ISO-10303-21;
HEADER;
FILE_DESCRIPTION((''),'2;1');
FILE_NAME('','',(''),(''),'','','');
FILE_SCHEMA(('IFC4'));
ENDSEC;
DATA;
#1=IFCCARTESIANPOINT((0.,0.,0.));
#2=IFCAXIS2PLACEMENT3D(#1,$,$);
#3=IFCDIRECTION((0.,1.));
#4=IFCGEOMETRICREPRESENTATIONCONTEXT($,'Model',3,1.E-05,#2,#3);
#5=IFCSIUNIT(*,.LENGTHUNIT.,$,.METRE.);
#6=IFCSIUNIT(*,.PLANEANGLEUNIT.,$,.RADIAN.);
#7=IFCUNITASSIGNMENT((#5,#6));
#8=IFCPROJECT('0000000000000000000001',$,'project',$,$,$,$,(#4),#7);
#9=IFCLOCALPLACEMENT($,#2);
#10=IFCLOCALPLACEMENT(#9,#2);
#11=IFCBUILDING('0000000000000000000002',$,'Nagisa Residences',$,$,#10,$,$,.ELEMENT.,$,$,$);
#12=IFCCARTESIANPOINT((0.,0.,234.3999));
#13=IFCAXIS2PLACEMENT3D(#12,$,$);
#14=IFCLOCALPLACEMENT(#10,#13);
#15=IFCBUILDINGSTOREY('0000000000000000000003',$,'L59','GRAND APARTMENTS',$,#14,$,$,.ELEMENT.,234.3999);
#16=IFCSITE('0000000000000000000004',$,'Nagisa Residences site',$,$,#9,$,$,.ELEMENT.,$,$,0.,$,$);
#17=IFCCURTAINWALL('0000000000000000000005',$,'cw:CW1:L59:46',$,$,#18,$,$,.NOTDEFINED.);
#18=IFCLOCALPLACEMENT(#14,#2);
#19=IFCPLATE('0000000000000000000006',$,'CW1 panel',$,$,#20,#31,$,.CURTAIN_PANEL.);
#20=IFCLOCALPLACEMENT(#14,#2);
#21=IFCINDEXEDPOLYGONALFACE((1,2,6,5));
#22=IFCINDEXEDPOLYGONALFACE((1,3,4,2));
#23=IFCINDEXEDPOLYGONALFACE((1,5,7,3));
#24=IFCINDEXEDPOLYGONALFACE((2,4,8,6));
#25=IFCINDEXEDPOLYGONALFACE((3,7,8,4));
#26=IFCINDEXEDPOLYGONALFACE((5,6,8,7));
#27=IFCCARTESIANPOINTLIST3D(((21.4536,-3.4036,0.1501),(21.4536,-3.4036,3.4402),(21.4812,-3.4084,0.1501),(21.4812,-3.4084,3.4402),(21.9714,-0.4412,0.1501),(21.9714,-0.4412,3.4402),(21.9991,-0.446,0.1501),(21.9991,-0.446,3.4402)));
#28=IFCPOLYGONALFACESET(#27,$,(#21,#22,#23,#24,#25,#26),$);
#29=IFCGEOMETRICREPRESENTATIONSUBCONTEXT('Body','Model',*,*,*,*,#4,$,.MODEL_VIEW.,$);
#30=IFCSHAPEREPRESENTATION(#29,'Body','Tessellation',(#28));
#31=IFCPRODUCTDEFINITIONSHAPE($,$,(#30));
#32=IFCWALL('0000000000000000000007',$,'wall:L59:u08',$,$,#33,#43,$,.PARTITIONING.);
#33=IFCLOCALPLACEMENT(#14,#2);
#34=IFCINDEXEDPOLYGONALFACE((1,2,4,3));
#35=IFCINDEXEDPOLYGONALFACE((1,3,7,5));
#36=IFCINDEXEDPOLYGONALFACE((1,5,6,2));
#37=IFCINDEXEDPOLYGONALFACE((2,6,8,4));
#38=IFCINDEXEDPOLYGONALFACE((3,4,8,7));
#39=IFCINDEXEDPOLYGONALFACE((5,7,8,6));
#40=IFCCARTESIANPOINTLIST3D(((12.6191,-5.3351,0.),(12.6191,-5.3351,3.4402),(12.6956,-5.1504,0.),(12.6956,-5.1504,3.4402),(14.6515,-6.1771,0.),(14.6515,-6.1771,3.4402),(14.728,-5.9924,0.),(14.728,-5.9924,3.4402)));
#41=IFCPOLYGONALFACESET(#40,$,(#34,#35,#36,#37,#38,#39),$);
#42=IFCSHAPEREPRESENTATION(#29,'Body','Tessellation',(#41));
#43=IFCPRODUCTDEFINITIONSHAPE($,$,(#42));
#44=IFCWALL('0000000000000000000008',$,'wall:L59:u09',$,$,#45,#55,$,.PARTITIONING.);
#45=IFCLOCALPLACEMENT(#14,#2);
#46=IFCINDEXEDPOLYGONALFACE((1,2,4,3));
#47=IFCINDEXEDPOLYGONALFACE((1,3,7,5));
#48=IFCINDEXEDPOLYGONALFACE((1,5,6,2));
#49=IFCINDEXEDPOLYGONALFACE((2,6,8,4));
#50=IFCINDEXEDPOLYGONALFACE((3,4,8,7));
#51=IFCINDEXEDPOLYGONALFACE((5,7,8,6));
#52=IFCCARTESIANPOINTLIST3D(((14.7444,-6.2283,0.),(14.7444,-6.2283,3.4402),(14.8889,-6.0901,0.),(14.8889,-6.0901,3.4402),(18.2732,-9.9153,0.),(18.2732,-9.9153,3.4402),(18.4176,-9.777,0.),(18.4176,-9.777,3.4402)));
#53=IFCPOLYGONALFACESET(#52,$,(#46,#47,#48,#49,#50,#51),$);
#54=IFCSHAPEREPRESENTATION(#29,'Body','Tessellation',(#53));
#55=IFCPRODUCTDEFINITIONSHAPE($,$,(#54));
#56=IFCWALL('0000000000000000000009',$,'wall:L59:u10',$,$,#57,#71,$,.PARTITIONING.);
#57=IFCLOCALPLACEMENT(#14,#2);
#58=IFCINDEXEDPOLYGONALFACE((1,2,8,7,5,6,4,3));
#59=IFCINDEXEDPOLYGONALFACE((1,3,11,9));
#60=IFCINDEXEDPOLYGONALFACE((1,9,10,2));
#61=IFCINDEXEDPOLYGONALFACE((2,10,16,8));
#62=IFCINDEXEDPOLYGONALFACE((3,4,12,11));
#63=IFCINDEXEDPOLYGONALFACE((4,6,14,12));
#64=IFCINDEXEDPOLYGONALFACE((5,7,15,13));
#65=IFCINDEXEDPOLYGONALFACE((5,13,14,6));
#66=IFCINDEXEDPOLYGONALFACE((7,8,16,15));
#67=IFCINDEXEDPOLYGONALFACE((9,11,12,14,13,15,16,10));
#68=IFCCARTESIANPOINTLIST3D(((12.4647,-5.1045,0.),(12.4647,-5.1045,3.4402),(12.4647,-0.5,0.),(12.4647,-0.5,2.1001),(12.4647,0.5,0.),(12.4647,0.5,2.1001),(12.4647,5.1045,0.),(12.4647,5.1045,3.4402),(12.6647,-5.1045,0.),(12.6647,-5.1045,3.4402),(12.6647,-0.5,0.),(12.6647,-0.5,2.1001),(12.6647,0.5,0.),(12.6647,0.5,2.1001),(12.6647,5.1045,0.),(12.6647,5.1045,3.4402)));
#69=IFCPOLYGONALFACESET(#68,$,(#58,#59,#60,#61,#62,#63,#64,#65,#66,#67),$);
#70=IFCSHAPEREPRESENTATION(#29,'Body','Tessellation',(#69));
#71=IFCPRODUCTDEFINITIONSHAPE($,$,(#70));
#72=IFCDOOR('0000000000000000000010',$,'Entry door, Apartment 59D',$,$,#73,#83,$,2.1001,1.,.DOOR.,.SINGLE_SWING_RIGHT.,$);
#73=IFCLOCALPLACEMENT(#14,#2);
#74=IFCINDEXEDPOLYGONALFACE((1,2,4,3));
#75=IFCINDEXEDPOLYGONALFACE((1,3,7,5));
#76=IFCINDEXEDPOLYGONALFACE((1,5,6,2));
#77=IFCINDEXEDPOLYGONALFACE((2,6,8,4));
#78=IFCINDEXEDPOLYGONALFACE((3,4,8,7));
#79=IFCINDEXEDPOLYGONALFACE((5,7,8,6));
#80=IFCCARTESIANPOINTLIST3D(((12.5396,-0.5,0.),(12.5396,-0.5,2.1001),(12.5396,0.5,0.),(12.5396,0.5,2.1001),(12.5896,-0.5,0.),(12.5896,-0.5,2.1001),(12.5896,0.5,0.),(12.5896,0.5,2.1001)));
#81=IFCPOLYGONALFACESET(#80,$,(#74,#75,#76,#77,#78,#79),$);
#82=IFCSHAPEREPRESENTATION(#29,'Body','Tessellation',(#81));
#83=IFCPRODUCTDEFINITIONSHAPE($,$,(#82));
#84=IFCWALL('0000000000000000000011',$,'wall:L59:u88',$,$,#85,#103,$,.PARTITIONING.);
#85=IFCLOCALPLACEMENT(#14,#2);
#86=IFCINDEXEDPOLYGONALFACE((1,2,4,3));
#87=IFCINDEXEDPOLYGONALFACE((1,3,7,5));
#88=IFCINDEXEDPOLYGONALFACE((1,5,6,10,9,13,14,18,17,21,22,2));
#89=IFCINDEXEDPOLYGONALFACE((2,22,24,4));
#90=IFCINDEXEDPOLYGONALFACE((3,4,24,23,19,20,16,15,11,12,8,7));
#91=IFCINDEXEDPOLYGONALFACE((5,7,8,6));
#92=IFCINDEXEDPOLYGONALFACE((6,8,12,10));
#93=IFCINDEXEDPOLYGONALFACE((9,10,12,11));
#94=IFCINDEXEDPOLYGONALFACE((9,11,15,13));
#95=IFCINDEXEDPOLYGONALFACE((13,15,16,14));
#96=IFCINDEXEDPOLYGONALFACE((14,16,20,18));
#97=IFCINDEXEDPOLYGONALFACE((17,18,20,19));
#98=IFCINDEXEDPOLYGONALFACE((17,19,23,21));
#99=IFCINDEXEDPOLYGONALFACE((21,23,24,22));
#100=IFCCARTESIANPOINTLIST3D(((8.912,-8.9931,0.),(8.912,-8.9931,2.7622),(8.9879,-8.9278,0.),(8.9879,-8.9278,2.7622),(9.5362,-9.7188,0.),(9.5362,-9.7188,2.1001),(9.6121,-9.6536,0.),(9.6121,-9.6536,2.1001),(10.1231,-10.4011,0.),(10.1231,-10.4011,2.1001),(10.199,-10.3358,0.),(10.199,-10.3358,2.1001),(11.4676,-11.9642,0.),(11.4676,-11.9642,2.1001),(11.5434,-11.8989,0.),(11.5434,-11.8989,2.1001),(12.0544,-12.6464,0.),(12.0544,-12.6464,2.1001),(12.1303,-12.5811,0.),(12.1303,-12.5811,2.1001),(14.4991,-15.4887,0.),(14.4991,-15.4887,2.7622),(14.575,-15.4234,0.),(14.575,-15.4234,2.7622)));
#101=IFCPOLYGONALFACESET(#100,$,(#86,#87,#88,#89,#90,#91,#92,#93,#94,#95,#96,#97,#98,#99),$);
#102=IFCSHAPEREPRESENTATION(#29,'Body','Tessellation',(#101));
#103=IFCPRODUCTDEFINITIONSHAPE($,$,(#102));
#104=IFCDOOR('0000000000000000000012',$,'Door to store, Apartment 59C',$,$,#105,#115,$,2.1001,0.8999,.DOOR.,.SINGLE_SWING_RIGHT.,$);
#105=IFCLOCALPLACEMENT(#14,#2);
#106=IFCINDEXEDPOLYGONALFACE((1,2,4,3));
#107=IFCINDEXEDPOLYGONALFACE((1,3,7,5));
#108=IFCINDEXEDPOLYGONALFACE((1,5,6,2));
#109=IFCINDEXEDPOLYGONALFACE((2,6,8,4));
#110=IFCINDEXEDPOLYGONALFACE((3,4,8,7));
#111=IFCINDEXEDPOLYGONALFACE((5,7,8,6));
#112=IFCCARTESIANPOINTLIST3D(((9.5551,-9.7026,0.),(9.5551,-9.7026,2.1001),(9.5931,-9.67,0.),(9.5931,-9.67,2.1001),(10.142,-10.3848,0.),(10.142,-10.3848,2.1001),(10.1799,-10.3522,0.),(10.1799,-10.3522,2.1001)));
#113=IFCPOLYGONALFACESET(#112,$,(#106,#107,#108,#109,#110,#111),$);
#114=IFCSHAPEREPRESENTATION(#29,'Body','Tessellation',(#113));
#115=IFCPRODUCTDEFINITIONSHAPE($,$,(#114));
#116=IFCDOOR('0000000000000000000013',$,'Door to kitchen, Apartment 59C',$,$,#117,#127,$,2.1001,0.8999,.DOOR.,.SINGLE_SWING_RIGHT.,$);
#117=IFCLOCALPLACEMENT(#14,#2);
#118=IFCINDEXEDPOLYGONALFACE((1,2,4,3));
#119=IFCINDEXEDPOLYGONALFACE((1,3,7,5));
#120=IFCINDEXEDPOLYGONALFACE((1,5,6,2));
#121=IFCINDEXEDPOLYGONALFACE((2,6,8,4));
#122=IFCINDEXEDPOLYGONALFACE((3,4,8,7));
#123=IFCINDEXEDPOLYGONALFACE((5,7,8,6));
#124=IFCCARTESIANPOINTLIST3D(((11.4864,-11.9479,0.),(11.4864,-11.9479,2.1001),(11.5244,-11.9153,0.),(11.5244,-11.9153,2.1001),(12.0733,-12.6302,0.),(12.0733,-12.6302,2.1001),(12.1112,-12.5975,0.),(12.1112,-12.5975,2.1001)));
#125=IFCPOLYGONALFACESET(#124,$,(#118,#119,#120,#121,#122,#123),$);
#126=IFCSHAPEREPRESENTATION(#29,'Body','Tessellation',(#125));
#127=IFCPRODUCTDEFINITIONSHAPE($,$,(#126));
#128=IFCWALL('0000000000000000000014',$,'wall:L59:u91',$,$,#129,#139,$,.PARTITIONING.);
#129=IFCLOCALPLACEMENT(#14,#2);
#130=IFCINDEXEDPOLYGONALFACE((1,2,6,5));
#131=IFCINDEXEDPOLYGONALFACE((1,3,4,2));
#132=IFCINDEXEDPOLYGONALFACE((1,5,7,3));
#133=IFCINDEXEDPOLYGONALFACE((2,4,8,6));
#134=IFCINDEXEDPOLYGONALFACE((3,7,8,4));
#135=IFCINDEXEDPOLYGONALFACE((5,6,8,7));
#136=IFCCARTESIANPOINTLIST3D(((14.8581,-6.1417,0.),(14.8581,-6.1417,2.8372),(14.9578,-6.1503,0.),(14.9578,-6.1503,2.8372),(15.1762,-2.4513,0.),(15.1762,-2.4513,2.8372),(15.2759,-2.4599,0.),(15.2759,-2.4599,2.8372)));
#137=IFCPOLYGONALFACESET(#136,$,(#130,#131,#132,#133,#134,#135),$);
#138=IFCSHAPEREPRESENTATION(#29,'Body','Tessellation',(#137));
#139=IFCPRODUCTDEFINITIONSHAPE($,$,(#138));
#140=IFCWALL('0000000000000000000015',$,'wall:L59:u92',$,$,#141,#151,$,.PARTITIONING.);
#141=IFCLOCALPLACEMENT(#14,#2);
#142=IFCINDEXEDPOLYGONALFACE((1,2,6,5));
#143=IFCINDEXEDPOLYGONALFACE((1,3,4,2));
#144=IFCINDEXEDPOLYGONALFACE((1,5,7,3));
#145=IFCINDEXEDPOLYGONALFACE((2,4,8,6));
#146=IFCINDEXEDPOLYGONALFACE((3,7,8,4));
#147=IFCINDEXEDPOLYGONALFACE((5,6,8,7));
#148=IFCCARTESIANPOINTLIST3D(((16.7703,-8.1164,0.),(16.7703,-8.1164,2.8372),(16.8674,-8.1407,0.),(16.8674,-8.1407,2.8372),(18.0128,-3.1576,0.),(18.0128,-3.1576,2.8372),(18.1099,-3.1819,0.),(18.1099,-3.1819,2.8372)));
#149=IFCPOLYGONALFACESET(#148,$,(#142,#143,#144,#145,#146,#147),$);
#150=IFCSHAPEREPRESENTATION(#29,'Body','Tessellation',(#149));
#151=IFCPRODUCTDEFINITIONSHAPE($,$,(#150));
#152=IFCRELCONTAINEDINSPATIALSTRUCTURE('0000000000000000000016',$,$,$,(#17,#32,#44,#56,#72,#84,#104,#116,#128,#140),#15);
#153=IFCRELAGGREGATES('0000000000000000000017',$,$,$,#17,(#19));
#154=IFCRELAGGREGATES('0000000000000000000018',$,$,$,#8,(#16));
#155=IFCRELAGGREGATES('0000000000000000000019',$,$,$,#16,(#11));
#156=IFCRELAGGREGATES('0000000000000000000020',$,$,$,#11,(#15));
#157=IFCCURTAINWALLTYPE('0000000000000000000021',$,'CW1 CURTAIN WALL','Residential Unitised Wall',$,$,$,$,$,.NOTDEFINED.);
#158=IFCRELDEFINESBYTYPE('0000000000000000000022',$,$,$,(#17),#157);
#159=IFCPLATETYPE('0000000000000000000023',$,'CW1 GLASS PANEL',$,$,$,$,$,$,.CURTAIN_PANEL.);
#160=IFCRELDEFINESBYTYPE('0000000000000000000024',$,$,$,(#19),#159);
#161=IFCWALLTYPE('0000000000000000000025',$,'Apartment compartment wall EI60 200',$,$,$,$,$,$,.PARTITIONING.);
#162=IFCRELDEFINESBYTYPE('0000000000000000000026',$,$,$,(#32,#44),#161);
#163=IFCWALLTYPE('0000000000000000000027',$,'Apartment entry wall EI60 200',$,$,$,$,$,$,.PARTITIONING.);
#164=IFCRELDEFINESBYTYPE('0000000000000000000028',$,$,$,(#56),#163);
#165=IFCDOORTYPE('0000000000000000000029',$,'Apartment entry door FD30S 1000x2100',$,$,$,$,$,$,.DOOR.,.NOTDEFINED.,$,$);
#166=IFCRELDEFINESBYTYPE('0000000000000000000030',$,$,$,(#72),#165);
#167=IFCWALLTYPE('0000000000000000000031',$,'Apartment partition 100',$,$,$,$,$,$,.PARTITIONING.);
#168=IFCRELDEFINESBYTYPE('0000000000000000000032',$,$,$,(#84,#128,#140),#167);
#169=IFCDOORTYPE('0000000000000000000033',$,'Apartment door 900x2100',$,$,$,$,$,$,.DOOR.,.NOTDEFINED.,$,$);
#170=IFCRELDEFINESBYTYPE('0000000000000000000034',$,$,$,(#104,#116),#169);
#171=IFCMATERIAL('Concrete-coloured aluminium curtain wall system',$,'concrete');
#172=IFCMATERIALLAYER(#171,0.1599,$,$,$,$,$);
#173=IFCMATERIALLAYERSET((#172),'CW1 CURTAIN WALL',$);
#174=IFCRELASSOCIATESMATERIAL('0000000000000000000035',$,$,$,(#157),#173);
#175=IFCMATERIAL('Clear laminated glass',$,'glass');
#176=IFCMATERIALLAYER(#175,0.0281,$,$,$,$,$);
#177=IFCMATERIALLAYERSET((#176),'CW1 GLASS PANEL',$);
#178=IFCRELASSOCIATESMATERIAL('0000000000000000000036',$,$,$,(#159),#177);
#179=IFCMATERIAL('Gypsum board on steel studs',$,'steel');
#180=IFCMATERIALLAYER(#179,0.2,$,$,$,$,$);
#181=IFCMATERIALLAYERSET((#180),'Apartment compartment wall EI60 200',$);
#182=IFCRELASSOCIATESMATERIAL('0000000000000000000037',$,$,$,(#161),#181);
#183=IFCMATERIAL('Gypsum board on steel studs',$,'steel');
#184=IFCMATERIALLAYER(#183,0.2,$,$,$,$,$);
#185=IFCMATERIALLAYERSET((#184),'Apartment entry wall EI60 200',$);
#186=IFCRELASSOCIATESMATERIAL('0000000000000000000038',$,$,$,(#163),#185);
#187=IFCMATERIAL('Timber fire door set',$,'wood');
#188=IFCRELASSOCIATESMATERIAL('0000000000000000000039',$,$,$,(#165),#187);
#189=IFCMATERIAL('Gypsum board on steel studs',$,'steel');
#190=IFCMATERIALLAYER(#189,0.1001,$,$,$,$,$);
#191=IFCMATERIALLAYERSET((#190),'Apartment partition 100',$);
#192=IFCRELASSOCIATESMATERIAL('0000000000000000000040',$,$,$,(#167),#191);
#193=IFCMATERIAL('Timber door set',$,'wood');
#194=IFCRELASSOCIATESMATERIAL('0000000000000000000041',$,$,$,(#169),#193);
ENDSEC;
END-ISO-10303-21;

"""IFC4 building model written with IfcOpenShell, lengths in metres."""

from ifc_helpers import new_model, si_unit, direction, frame, frame_2d, origin, origin_2d, place, context, subcontext, project, spatial, rectangle, extrude, material, layer, layer_set, type_object, element, fill, aggregate, save


model = new_model("IFC4")

# Units and contexts
model_context = context("Model", 3, precision=1e-05, world=origin(), true_north=direction((0.0, 1.0)))
body_context = subcontext(model_context, "Body", "Model", "MODEL_VIEW")
ifc_project = project(units=[si_unit("LENGTHUNIT", "METRE"), si_unit("PLANEANGLEUNIT", "RADIAN")], contexts=[model_context])

# Site, building, storey
site_placement = place(None, origin())
site = spatial("IfcSite", under=ifc_project, at=site_placement, Name="Nagisa Residences site", CompositionType="ELEMENT", RefElevation=0.0)
building_placement = place(site_placement, origin())
building = spatial("IfcBuilding", under=site, at=building_placement, Name="Nagisa Residences", CompositionType="ELEMENT")
storey_placement = place(building_placement, frame((0.0, 0.0, 234.3999)))
storey = spatial("IfcBuildingStorey", under=building, at=storey_placement, Name="L59", Description="GRAND APARTMENTS", CompositionType="ELEMENT", Elevation=234.3999)

# Curtain wall
ifc_material_1 = material(Name="Concrete-coloured aluminium curtain wall system", Category="concrete")
ifc_layer_1 = layer(ifc_material_1, 0.1599)
ifc_layer_set_1 = layer_set([ifc_layer_1], Name="CW1 CURTAIN WALL")
curtain_wall_type = type_object("IfcCurtainWallType", Name="CW1 CURTAIN WALL", Description="Residential Unitised Wall", PredefinedType="NOTDEFINED", material=ifc_layer_set_1)
curtain_wall_1_placement = place(storey_placement, origin())
curtain_wall_1 = element("IfcCurtainWall", 1, at=curtain_wall_1_placement, inside=storey, type_object=curtain_wall_type, Name="cw:CW1:L59:46", PredefinedType="NOTDEFINED")

# Plate
ifc_material_2 = material(Name="Clear laminated glass", Category="glass")
ifc_layer_2 = layer(ifc_material_2, 0.0281)
ifc_layer_set_2 = layer_set([ifc_layer_2], Name="CW1 GLASS PANEL")
plate_type = type_object("IfcPlateType", Name="CW1 GLASS PANEL", PredefinedType="CURTAIN_PANEL", material=ifc_layer_set_2)
plate_placement = place(storey_placement, frame((21.7263, -1.9248, 0.1501), z_axis=(0.0, 0.0, 1.0), x_axis=(0.172191, 0.985064, 0.0)))
plate = element("IfcPlate", 2, at=plate_placement, type_object=plate_type, Name="CW1 panel", PredefinedType="CURTAIN_PANEL", context=body_context, shape_type="SweptSolid", body=[
    extrude(rectangle(XDim=3.0073, YDim=0.0281, at=origin_2d()), origin(), (0.0, 0.0, 1.0), 3.29),
])
aggregate(curtain_wall_1, [plate])

# Walls
ifc_material_3 = material(Name="Gypsum board on steel studs", Category="steel")
ifc_layer_3 = layer(ifc_material_3, 0.2)
ifc_layer_set_3 = layer_set([ifc_layer_3], Name="Apartment compartment wall EI60 200")
wall_type_1 = type_object("IfcWallType", Name="Apartment compartment wall EI60 200", PredefinedType="PARTITIONING", material=ifc_layer_set_3)
wall_1_placement = place(storey_placement, frame((12.6572, -5.2427, 0.0), z_axis=(0.0, 0.0, 1.0), x_axis=(0.923853, -0.382747, 0.0)))
element("IfcWall", 3, at=wall_1_placement, inside=storey, type_object=wall_type_1, Name="wall:L59:u08", PredefinedType="PARTITIONING", context=body_context, shape_type="SweptSolid", body=[
    extrude(rectangle(XDim=2.2, YDim=0.2, at=frame_2d((1.1001, 0.0))), origin(), (0.0, 0.0, 1.0), 3.4402),
])
wall_2_placement = place(storey_placement, frame((14.8167, -6.1592, 0.0), z_axis=(0.0, 0.0, 1.0), x_axis=(0.691438, -0.722436, 0.0)))
element("IfcWall", 4, at=wall_2_placement, inside=storey, type_object=wall_type_1, Name="wall:L59:u09", PredefinedType="PARTITIONING", context=body_context, shape_type="SweptSolid", body=[
    extrude(rectangle(XDim=5.1035, YDim=0.2, at=frame_2d((2.5518, 0.0))), origin(), (0.0, 0.0, 1.0), 3.4402),
])

# Wall, opening, door
ifc_material_4 = material(Name="Gypsum board on steel studs", Category="steel")
ifc_layer_4 = layer(ifc_material_4, 0.2)
ifc_layer_set_4 = layer_set([ifc_layer_4], Name="Apartment entry wall EI60 200")
wall_type_2 = type_object("IfcWallType", Name="Apartment entry wall EI60 200", PredefinedType="PARTITIONING", material=ifc_layer_set_4)
wall_3_placement = place(storey_placement, frame((12.5647, -5.1045, 0.0), z_axis=(0.0, 0.0, 1.0), x_axis=(0.0, 1.0, 0.0)))
wall_3 = element("IfcWall", 5, at=wall_3_placement, inside=storey, type_object=wall_type_2, Name="wall:L59:u10", PredefinedType="PARTITIONING", context=body_context, shape_type="SweptSolid", body=[
    extrude(rectangle(XDim=10.209, YDim=0.2, at=frame_2d((5.1045, 0.0))), origin(), (0.0, 0.0, 1.0), 3.4402),
])
opening_1_placement = place(wall_3_placement, frame((4.6045, 0.0, 0.0)))
opening_1 = element("IfcOpeningElement", 6, at=opening_1_placement, cuts=wall_3, PredefinedType="OPENING", context=body_context, shape_type="SweptSolid", body=[
    extrude(rectangle(XDim=1.0, YDim=2.1001, at=frame_2d((0.5, 1.05))), frame((0.0, 0.1099, 0.0), z_axis=(0.0, -1.0, 0.0), x_axis=(1.0, 0.0, 0.0)), (0.0, 0.0, 1.0), 0.22),
])
ifc_material_5 = material(Name="Timber fire door set", Category="wood")
door_type_1 = type_object("IfcDoorType", Name="Apartment entry door FD30S 1000x2100", OperationType="NOTDEFINED", PredefinedType="DOOR", material=ifc_material_5)
door_1_placement = place(opening_1_placement, frame((1.0, 0.0, 0.0), x_axis=(-1.0, 0.0, 0.0)))
door_1 = element("IfcDoor", 7, at=door_1_placement, inside=storey, type_object=door_type_1, Name="Entry door, Apartment 59D", OperationType="SINGLE_SWING_RIGHT", OverallHeight=2.1001, OverallWidth=1.0, PredefinedType="DOOR", context=body_context, shape_type="SweptSolid", body=[
    extrude(rectangle(XDim=1.0, YDim=2.1001, at=frame_2d((0.5, 1.05))), frame((0.0, 0.0249, 0.0), z_axis=(0.0, -1.0, 0.0), x_axis=(1.0, 0.0, 0.0)), (0.0, 0.0, 1.0), 0.05),
])
fill(opening_1, door_1)

# Wall, openings, doors
ifc_material_6 = material(Name="Gypsum board on steel studs", Category="steel")
ifc_layer_5 = layer(ifc_material_6, 0.1001)
ifc_layer_set_5 = layer_set([ifc_layer_5], Name="Apartment partition 100")
wall_type_3 = type_object("IfcWallType", Name="Apartment partition 100", PredefinedType="PARTITIONING", material=ifc_layer_set_5)
wall_4_placement = place(storey_placement, frame((8.95, -8.9604, 0.0), z_axis=(0.0, 0.0, 1.0), x_axis=(0.652102, -0.758131, 0.0)))
wall_4 = element("IfcWall", 8, at=wall_4_placement, inside=storey, type_object=wall_type_3, Name="wall:L59:u88", PredefinedType="PARTITIONING", context=body_context, shape_type="SweptSolid", body=[
    extrude(rectangle(XDim=8.5679, YDim=0.1001, at=frame_2d((4.2839, 0.0))), origin(), (0.0, 0.0, 1.0), 2.7622),
])
opening_2_placement = place(wall_4_placement, frame((0.9573, 0.0, 0.0)))
opening_2 = element("IfcOpeningElement", 9, at=opening_2_placement, cuts=wall_4, PredefinedType="OPENING", context=body_context, shape_type="SweptSolid", body=[
    extrude(rectangle(XDim=0.8999, YDim=2.1001, at=frame_2d((0.45, 1.05))), frame((0.0, 0.0601, 0.0), z_axis=(0.0, -1.0, 0.0), x_axis=(1.0, 0.0, 0.0)), (0.0, 0.0, 1.0), 0.1201),
])
opening_3_placement = place(wall_4_placement, frame((3.9189, 0.0, 0.0)))
opening_3 = element("IfcOpeningElement", 10, at=opening_3_placement, cuts=wall_4, PredefinedType="OPENING", context=body_context, shape_type="SweptSolid", body=[
    extrude(rectangle(XDim=0.8999, YDim=2.1001, at=frame_2d((0.45, 1.05))), frame((0.0, 0.0601, 0.0), z_axis=(0.0, -1.0, 0.0), x_axis=(1.0, 0.0, 0.0)), (0.0, 0.0, 1.0), 0.1201),
])
ifc_material_7 = material(Name="Timber door set", Category="wood")
door_type_2 = type_object("IfcDoorType", Name="Apartment door 900x2100", OperationType="NOTDEFINED", PredefinedType="DOOR", material=ifc_material_7)
door_2_placement = place(opening_2_placement, origin())
door_2 = element("IfcDoor", 11, at=door_2_placement, inside=storey, type_object=door_type_2, Name="Door to store, Apartment 59C", OperationType="SINGLE_SWING_RIGHT", OverallHeight=2.1001, OverallWidth=0.8999, PredefinedType="DOOR", context=body_context, shape_type="SweptSolid", body=[
    extrude(rectangle(XDim=0.8999, YDim=2.1001, at=frame_2d((0.45, 1.05))), frame((0.0, 0.0249, 0.0), z_axis=(0.0, -1.0, 0.0), x_axis=(1.0, 0.0, 0.0)), (0.0, 0.0, 1.0), 0.05),
])
fill(opening_2, door_2)
door_3_placement = place(opening_3_placement, origin())
door_3 = element("IfcDoor", 12, at=door_3_placement, inside=storey, type_object=door_type_2, Name="Door to kitchen, Apartment 59C", OperationType="SINGLE_SWING_RIGHT", OverallHeight=2.1001, OverallWidth=0.8999, PredefinedType="DOOR", context=body_context, shape_type="SweptSolid", body=[
    extrude(rectangle(XDim=0.8999, YDim=2.1001, at=frame_2d((0.45, 1.05))), frame((0.0, 0.0249, 0.0), z_axis=(0.0, -1.0, 0.0), x_axis=(1.0, 0.0, 0.0)), (0.0, 0.0, 1.0), 0.05),
])
fill(opening_3, door_3)

# Walls
wall_5_placement = place(storey_placement, frame((14.908, -6.146, 0.0), z_axis=(0.0, 0.0, 1.0), x_axis=(0.085882, 0.996305, 0.0)))
element("IfcWall", 13, at=wall_5_placement, inside=storey, type_object=wall_type_3, Name="wall:L59:u91", PredefinedType="PARTITIONING", context=body_context, shape_type="SweptSolid", body=[
    extrude(rectangle(XDim=3.7041, YDim=0.1001, at=frame_2d((1.8521, 0.0))), origin(), (0.0, 0.0, 1.0), 2.8372),
])
wall_6_placement = place(storey_placement, frame((16.8188, -8.1287, 0.0), z_axis=(0.0, 0.0, 1.0), x_axis=(0.243041, 0.970016, 0.0)))
element("IfcWall", 14, at=wall_6_placement, inside=storey, type_object=wall_type_3, Name="wall:L59:u92", PredefinedType="PARTITIONING", context=body_context, shape_type="SweptSolid", body=[
    extrude(rectangle(XDim=5.1121, YDim=0.1001, at=frame_2d((2.5562, 0.0))), origin(), (0.0, 0.0, 1.0), 2.8372),
])

save(model, "model.ifc")
